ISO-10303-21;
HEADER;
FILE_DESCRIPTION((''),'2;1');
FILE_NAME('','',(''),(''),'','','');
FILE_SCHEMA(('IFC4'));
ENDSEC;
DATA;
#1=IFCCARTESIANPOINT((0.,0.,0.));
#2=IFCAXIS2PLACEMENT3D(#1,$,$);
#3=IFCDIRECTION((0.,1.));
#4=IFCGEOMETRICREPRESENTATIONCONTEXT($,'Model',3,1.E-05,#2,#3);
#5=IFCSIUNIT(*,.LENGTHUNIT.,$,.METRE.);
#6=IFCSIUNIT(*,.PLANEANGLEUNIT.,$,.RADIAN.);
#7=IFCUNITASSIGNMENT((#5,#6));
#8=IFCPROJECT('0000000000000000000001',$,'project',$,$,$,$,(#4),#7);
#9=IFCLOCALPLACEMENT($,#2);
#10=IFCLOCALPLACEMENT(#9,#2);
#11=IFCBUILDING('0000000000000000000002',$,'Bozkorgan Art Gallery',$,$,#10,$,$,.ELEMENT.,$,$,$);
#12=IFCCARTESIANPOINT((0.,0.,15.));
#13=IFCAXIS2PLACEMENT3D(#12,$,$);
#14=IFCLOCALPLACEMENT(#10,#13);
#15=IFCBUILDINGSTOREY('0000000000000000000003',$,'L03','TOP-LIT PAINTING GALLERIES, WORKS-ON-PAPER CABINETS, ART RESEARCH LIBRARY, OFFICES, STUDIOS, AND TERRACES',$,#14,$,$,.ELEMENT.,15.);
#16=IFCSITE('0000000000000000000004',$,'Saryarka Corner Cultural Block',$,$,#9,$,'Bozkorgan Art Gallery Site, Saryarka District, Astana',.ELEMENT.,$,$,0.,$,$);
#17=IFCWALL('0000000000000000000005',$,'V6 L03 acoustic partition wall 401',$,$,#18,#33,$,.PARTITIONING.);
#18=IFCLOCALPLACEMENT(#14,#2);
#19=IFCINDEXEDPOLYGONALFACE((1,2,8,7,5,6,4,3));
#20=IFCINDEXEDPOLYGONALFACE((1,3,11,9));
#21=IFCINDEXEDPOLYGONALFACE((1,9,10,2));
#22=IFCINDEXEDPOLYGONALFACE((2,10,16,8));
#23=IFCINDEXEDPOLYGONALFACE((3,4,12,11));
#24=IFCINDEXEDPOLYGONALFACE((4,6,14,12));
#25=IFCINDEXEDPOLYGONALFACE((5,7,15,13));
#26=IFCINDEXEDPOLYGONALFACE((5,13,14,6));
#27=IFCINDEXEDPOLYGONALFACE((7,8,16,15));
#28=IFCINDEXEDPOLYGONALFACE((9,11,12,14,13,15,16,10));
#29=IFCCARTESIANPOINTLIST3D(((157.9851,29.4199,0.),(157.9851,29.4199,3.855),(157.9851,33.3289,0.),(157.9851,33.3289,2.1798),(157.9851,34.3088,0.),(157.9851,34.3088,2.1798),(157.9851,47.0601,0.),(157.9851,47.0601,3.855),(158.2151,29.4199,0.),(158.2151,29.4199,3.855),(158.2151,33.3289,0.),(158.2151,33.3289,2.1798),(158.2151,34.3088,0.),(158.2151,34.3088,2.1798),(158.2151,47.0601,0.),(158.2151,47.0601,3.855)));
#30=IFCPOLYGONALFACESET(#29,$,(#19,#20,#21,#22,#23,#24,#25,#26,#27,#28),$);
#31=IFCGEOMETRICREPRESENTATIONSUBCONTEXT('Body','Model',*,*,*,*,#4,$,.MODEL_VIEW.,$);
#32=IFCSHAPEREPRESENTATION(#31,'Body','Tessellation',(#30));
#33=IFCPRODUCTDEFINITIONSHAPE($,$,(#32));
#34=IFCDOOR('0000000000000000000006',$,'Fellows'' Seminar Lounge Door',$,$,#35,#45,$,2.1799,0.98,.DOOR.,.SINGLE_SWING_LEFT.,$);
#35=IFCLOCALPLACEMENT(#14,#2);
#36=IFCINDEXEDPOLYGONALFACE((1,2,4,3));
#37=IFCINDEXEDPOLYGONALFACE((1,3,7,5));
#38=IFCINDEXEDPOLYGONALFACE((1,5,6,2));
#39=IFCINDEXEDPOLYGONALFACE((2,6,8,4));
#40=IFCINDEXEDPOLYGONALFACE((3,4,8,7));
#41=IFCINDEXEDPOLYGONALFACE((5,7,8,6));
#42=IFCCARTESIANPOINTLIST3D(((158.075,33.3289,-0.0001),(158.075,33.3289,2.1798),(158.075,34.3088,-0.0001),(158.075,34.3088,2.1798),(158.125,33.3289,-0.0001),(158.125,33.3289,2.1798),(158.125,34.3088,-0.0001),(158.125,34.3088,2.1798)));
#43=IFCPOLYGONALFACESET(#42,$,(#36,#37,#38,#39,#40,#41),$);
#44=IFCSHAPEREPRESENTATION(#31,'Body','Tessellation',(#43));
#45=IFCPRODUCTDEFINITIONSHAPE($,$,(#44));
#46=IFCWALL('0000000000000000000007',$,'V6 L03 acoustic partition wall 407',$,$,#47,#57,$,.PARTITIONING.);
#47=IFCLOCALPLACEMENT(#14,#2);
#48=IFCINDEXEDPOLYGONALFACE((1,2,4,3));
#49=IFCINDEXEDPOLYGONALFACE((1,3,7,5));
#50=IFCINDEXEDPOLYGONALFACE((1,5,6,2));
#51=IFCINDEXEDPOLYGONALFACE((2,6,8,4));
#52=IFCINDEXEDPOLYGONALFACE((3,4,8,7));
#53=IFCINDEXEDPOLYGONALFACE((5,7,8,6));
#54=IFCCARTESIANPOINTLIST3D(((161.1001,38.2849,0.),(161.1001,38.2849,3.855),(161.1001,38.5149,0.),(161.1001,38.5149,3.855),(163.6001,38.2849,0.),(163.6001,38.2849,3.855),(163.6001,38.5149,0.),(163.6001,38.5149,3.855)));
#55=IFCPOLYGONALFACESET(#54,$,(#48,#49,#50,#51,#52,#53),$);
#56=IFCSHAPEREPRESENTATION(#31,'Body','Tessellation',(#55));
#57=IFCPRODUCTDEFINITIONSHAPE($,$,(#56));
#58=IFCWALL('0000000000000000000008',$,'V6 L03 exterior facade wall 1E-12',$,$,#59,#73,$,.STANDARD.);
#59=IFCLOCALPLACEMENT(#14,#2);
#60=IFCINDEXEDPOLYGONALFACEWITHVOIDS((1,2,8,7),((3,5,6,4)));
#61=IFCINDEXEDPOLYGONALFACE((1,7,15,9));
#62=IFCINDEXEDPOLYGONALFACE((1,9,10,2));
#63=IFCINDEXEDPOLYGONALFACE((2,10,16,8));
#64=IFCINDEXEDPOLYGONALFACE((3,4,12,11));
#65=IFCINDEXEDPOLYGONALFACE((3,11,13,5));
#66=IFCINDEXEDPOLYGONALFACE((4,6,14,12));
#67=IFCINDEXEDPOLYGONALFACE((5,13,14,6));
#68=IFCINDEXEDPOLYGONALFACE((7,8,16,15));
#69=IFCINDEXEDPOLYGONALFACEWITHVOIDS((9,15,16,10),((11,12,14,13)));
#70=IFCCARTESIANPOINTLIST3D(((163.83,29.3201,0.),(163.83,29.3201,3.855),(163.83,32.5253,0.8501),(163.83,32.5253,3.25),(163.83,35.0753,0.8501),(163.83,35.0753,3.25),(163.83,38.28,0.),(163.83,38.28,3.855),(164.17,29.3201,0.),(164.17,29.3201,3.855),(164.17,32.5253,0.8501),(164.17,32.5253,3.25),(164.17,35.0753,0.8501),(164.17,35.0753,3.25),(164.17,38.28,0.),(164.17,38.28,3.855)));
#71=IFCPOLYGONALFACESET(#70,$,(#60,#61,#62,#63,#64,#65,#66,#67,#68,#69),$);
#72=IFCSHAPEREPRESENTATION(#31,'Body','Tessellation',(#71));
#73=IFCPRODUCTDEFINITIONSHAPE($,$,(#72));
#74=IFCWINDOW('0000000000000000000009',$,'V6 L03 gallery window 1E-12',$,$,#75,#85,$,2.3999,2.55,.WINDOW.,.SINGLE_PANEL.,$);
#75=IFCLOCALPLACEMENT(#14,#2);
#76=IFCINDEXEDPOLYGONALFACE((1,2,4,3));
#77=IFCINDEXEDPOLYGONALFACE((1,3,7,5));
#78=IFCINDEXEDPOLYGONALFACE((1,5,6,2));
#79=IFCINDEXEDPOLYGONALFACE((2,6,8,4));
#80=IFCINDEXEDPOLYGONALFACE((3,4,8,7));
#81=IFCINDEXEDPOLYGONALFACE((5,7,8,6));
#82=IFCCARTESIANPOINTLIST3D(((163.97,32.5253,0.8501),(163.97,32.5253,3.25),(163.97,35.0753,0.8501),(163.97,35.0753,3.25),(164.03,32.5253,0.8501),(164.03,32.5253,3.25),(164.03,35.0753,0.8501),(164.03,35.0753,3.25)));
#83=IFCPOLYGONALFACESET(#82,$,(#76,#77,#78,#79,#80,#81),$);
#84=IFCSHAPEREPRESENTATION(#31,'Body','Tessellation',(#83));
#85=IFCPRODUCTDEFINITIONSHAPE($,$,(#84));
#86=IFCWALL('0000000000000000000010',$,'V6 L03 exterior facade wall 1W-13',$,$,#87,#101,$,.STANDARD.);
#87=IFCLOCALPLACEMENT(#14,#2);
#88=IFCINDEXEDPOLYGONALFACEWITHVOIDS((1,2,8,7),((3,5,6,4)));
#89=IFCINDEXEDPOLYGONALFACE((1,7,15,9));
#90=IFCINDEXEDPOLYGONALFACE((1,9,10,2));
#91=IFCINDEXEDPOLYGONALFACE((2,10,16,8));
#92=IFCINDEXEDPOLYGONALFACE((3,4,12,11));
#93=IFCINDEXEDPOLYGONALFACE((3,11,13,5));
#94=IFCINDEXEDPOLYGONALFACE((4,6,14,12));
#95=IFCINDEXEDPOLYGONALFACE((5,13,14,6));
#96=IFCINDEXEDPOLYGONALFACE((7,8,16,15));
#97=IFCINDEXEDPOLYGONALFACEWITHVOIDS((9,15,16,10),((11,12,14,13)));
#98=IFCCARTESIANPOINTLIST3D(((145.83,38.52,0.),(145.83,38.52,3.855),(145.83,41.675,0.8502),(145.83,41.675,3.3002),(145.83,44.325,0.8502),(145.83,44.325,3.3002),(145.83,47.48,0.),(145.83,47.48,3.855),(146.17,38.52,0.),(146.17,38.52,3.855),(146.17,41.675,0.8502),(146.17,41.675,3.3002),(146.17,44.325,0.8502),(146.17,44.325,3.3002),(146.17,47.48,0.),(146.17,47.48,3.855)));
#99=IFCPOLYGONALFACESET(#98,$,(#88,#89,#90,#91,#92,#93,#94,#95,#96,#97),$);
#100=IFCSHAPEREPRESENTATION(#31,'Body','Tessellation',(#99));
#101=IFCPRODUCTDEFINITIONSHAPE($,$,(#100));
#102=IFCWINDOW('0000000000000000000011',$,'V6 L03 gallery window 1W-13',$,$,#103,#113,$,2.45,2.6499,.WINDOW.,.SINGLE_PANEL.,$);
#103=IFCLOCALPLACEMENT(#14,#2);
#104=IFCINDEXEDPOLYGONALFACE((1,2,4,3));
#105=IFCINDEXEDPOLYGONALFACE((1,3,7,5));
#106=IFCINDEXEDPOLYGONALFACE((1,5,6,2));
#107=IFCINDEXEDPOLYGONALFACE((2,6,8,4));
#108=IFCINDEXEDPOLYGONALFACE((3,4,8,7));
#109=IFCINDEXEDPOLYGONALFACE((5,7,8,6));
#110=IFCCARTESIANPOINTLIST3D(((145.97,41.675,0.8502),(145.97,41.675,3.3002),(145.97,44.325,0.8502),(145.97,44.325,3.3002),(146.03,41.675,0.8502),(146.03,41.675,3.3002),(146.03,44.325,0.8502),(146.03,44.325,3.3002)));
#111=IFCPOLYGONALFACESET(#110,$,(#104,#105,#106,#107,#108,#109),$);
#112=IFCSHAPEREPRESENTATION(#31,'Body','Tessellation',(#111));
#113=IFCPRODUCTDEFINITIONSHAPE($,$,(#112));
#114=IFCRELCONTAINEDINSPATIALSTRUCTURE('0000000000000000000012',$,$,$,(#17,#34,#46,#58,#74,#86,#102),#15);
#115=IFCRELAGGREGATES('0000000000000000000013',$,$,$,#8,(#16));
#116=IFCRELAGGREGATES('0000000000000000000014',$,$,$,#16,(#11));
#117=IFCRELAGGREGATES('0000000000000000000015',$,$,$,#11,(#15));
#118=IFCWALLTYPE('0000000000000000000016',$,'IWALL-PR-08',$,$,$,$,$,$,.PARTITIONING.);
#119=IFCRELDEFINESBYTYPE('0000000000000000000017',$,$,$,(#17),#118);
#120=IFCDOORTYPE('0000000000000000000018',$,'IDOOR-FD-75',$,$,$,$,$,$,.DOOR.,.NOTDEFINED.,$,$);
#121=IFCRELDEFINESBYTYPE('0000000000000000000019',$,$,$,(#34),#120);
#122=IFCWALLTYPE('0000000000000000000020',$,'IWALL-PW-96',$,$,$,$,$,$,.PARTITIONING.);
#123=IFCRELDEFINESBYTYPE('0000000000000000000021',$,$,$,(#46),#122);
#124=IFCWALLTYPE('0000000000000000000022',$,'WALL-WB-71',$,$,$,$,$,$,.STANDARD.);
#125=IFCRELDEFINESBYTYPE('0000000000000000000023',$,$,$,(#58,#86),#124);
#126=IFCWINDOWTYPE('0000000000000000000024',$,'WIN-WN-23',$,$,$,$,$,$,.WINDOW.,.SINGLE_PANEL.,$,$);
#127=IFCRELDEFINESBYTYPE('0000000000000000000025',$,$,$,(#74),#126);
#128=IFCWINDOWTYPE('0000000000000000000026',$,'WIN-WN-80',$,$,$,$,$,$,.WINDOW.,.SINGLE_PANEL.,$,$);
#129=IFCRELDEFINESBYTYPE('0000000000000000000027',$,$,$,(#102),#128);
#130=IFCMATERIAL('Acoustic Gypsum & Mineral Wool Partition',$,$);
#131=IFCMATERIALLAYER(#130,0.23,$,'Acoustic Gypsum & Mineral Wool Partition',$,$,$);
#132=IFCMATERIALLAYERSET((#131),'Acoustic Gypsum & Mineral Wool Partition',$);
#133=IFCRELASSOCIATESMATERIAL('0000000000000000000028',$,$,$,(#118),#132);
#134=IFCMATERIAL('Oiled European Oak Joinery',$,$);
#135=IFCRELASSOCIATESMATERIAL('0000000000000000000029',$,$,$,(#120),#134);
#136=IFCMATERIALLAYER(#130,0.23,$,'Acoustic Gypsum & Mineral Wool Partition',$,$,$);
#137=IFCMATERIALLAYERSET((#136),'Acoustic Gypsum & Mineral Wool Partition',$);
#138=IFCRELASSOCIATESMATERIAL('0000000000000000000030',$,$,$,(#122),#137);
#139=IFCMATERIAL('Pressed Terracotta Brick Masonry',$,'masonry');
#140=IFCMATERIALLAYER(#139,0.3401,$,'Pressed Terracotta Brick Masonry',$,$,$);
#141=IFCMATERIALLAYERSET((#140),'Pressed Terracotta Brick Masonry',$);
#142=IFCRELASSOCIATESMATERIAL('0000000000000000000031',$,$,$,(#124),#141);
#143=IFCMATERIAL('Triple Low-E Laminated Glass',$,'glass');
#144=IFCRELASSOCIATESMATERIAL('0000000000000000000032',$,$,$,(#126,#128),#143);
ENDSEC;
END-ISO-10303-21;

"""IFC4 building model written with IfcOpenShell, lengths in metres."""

from ifc_helpers import new_model, si_unit, direction, frame, frame_2d, origin, place, context, subcontext, project, spatial, rectangle, extrude, material, layer, layer_set, type_object, element, fill, save


model = new_model("IFC4")

# Units and contexts
model_context = context("Model", 3, precision=1e-05, world=origin(), true_north=direction((0.0, 1.0)))
body_context = subcontext(model_context, "Body", "Model", "MODEL_VIEW")
ifc_project = project(units=[si_unit("LENGTHUNIT", "METRE"), si_unit("PLANEANGLEUNIT", "RADIAN")], contexts=[model_context])

# Site, building, storey
site_placement = place(None, origin())
site = spatial("IfcSite", under=ifc_project, at=site_placement, Name="Saryarka Corner Cultural Block", LongName="Bozkorgan Art Gallery Site, Saryarka District, Astana", CompositionType="ELEMENT", RefElevation=0.0)
building_placement = place(site_placement, origin())
building = spatial("IfcBuilding", under=site, at=building_placement, Name="Bozkorgan Art Gallery", CompositionType="ELEMENT")
storey_placement = place(building_placement, frame((0.0, 0.0, 15.0)))
storey = spatial("IfcBuildingStorey", under=building, at=storey_placement, Name="L03", Description="TOP-LIT PAINTING GALLERIES, WORKS-ON-PAPER CABINETS, ART RESEARCH LIBRARY, OFFICES, STUDIOS, AND TERRACES", CompositionType="ELEMENT", Elevation=15.0)

# Wall, opening, door
ifc_material_1 = material(Name="Acoustic Gypsum & Mineral Wool Partition")
ifc_layer_1 = layer(ifc_material_1, 0.23, Name="Acoustic Gypsum & Mineral Wool Partition")
ifc_layer_set_1 = layer_set([ifc_layer_1], Name="Acoustic Gypsum & Mineral Wool Partition")
wall_type_1 = type_object("IfcWallType", Name="IWALL-PR-08", PredefinedType="PARTITIONING", material=ifc_layer_set_1)
wall_1_placement = place(storey_placement, frame((158.1001, 29.4199, 0.0), z_axis=(0.0, 0.0, 1.0), x_axis=(0.0, 1.0, 0.0)))
wall_1 = element("IfcWall", 1, at=wall_1_placement, inside=storey, type_object=wall_type_1, Name="V6 L03 acoustic partition wall 401", PredefinedType="PARTITIONING", context=body_context, shape_type="SweptSolid", body=[
    extrude(rectangle(XDim=17.6401, YDim=0.23, at=frame_2d((8.8201, 0.0))), origin(), (0.0, 0.0, 1.0), 3.855),
])
opening_1_placement = place(wall_1_placement, frame((4.8889, 0.0, 0.0), z_axis=(0.0, 0.0, 1.0), x_axis=(-1.0, 0.0, 0.0)))
opening_1 = element("IfcOpeningElement", 2, at=opening_1_placement, cuts=wall_1, PredefinedType="OPENING", context=body_context, shape_type="SweptSolid", body=[
    extrude(rectangle(XDim=0.98, YDim=2.1799, at=frame_2d((0.49, 1.0898))), frame((0.0, 0.125, 0.0), z_axis=(0.0, -1.0, 0.0), x_axis=(1.0, 0.0, 0.0)), (0.0, 0.0, 1.0), 0.25),
])
ifc_material_2 = material(Name="Oiled European Oak Joinery")
door_type = type_object("IfcDoorType", Name="IDOOR-FD-75", OperationType="NOTDEFINED", PredefinedType="DOOR", material=ifc_material_2)
door_placement = place(opening_1_placement, origin())
door = element("IfcDoor", 3, at=door_placement, inside=storey, type_object=door_type, Name="Fellows' Seminar Lounge Door", OperationType="SINGLE_SWING_LEFT", OverallHeight=2.1799, OverallWidth=0.98, PredefinedType="DOOR", context=body_context, shape_type="SweptSolid", body=[
    extrude(rectangle(XDim=0.98, YDim=2.1799, at=frame_2d((0.49, 1.0898))), frame((0.0, 0.0249, 0.0), z_axis=(0.0, -1.0, 0.0), x_axis=(1.0, 0.0, 0.0)), (0.0, 0.0, 1.0), 0.05),
])
fill(opening_1, door)

# Wall
ifc_layer_2 = layer(ifc_material_1, 0.23, Name="Acoustic Gypsum & Mineral Wool Partition")
ifc_layer_set_2 = layer_set([ifc_layer_2], Name="Acoustic Gypsum & Mineral Wool Partition")
wall_type_2 = type_object("IfcWallType", Name="IWALL-PW-96", PredefinedType="PARTITIONING", material=ifc_layer_set_2)
wall_2_placement = place(storey_placement, frame((161.1001, 38.3999, 0.0), z_axis=(0.0, 0.0, 1.0), x_axis=(1.0, 0.0, 0.0)))
element("IfcWall", 4, at=wall_2_placement, inside=storey, type_object=wall_type_2, Name="V6 L03 acoustic partition wall 407", PredefinedType="PARTITIONING", context=body_context, shape_type="SweptSolid", body=[
    extrude(rectangle(XDim=2.5, YDim=0.23, at=frame_2d((1.25, 0.0))), origin(), (0.0, 0.0, 1.0), 3.855),
])

# Walls, openings, windows
ifc_material_3 = material(Name="Pressed Terracotta Brick Masonry", Category="masonry")
ifc_layer_3 = layer(ifc_material_3, 0.3401, Name="Pressed Terracotta Brick Masonry")
ifc_layer_set_3 = layer_set([ifc_layer_3], Name="Pressed Terracotta Brick Masonry")
wall_type_3 = type_object("IfcWallType", Name="WALL-WB-71", PredefinedType="STANDARD", material=ifc_layer_set_3)
wall_3_placement = place(storey_placement, frame((164.0, 29.3201, 0.0), z_axis=(0.0, 0.0, 1.0), x_axis=(0.0, 1.0, 0.0)))
wall_3 = element("IfcWall", 5, at=wall_3_placement, inside=storey, type_object=wall_type_3, Name="V6 L03 exterior facade wall 1E-12", PredefinedType="STANDARD", context=body_context, shape_type="SweptSolid", body=[
    extrude(rectangle(XDim=8.96, YDim=0.3401, at=frame_2d((4.48, 0.0))), origin(), (0.0, 0.0, 1.0), 3.855),
])
opening_2_placement = place(wall_3_placement, frame((5.7551, 0.0, 0.8501), z_axis=(0.0, 0.0, 1.0), x_axis=(-1.0, 0.0, 0.0)))
opening_2 = element("IfcOpeningElement", 6, at=opening_2_placement, cuts=wall_3, PredefinedType="OPENING", context=body_context, shape_type="SweptSolid", body=[
    extrude(rectangle(XDim=2.55, YDim=2.3999, at=frame_2d((1.2749, 1.2))), frame((0.0, 0.1802, 0.0), z_axis=(0.0, -1.0, 0.0), x_axis=(1.0, 0.0, 0.0)), (0.0, 0.0, 1.0), 0.3601),
])
ifc_material_4 = material(Name="Triple Low-E Laminated Glass", Category="glass")
window_type_1 = type_object("IfcWindowType", Name="WIN-WN-23", PartitioningType="SINGLE_PANEL", PredefinedType="WINDOW", material=ifc_material_4)
window_1_placement = place(opening_2_placement, origin())
window_1 = element("IfcWindow", 7, at=window_1_placement, inside=storey, type_object=window_type_1, Name="V6 L03 gallery window 1E-12", OverallHeight=2.3999, OverallWidth=2.55, PartitioningType="SINGLE_PANEL", PredefinedType="WINDOW", context=body_context, shape_type="SweptSolid", body=[
    extrude(rectangle(XDim=2.55, YDim=2.3999, at=frame_2d((1.2749, 1.2))), frame((0.0, 0.03, 0.0), z_axis=(0.0, -1.0, 0.0), x_axis=(1.0, 0.0, 0.0)), (0.0, 0.0, 1.0), 0.0601),
])
fill(opening_2, window_1)
wall_4_placement = place(storey_placement, frame((146.0, 38.52, 0.0), z_axis=(0.0, 0.0, 1.0), x_axis=(0.0, 1.0, 0.0)))
wall_4 = element("IfcWall", 8, at=wall_4_placement, inside=storey, type_object=wall_type_3, Name="V6 L03 exterior facade wall 1W-13", PredefinedType="STANDARD", context=body_context, shape_type="SweptSolid", body=[
    extrude(rectangle(XDim=8.96, YDim=0.3401, at=frame_2d((4.48, 0.0))), origin(), (0.0, 0.0, 1.0), 3.855),
])
opening_3_placement = place(wall_4_placement, frame((3.155, 0.0, 0.8501)))
opening_3 = element("IfcOpeningElement", 9, at=opening_3_placement, cuts=wall_4, PredefinedType="OPENING", context=body_context, shape_type="SweptSolid", body=[
    extrude(rectangle(XDim=2.6499, YDim=2.45, at=frame_2d((1.325, 1.2251))), frame((0.0, 0.1802, 0.0), z_axis=(0.0, -1.0, 0.0), x_axis=(1.0, 0.0, 0.0)), (0.0, 0.0, 1.0), 0.3601),
])
window_type_2 = type_object("IfcWindowType", Name="WIN-WN-80", PartitioningType="SINGLE_PANEL", PredefinedType="WINDOW", material=ifc_material_4)
window_2_placement = place(opening_3_placement, origin())
window_2 = element("IfcWindow", 10, at=window_2_placement, inside=storey, type_object=window_type_2, Name="V6 L03 gallery window 1W-13", OverallHeight=2.45, OverallWidth=2.6499, PartitioningType="SINGLE_PANEL", PredefinedType="WINDOW", context=body_context, shape_type="SweptSolid", body=[
    extrude(rectangle(XDim=2.6499, YDim=2.45, at=frame_2d((1.325, 1.2251))), frame((0.0, 0.03, 0.0), z_axis=(0.0, -1.0, 0.0), x_axis=(1.0, 0.0, 0.0)), (0.0, 0.0, 1.0), 0.0601),
])
fill(opening_3, window_2)

save(model, "model.ifc")
